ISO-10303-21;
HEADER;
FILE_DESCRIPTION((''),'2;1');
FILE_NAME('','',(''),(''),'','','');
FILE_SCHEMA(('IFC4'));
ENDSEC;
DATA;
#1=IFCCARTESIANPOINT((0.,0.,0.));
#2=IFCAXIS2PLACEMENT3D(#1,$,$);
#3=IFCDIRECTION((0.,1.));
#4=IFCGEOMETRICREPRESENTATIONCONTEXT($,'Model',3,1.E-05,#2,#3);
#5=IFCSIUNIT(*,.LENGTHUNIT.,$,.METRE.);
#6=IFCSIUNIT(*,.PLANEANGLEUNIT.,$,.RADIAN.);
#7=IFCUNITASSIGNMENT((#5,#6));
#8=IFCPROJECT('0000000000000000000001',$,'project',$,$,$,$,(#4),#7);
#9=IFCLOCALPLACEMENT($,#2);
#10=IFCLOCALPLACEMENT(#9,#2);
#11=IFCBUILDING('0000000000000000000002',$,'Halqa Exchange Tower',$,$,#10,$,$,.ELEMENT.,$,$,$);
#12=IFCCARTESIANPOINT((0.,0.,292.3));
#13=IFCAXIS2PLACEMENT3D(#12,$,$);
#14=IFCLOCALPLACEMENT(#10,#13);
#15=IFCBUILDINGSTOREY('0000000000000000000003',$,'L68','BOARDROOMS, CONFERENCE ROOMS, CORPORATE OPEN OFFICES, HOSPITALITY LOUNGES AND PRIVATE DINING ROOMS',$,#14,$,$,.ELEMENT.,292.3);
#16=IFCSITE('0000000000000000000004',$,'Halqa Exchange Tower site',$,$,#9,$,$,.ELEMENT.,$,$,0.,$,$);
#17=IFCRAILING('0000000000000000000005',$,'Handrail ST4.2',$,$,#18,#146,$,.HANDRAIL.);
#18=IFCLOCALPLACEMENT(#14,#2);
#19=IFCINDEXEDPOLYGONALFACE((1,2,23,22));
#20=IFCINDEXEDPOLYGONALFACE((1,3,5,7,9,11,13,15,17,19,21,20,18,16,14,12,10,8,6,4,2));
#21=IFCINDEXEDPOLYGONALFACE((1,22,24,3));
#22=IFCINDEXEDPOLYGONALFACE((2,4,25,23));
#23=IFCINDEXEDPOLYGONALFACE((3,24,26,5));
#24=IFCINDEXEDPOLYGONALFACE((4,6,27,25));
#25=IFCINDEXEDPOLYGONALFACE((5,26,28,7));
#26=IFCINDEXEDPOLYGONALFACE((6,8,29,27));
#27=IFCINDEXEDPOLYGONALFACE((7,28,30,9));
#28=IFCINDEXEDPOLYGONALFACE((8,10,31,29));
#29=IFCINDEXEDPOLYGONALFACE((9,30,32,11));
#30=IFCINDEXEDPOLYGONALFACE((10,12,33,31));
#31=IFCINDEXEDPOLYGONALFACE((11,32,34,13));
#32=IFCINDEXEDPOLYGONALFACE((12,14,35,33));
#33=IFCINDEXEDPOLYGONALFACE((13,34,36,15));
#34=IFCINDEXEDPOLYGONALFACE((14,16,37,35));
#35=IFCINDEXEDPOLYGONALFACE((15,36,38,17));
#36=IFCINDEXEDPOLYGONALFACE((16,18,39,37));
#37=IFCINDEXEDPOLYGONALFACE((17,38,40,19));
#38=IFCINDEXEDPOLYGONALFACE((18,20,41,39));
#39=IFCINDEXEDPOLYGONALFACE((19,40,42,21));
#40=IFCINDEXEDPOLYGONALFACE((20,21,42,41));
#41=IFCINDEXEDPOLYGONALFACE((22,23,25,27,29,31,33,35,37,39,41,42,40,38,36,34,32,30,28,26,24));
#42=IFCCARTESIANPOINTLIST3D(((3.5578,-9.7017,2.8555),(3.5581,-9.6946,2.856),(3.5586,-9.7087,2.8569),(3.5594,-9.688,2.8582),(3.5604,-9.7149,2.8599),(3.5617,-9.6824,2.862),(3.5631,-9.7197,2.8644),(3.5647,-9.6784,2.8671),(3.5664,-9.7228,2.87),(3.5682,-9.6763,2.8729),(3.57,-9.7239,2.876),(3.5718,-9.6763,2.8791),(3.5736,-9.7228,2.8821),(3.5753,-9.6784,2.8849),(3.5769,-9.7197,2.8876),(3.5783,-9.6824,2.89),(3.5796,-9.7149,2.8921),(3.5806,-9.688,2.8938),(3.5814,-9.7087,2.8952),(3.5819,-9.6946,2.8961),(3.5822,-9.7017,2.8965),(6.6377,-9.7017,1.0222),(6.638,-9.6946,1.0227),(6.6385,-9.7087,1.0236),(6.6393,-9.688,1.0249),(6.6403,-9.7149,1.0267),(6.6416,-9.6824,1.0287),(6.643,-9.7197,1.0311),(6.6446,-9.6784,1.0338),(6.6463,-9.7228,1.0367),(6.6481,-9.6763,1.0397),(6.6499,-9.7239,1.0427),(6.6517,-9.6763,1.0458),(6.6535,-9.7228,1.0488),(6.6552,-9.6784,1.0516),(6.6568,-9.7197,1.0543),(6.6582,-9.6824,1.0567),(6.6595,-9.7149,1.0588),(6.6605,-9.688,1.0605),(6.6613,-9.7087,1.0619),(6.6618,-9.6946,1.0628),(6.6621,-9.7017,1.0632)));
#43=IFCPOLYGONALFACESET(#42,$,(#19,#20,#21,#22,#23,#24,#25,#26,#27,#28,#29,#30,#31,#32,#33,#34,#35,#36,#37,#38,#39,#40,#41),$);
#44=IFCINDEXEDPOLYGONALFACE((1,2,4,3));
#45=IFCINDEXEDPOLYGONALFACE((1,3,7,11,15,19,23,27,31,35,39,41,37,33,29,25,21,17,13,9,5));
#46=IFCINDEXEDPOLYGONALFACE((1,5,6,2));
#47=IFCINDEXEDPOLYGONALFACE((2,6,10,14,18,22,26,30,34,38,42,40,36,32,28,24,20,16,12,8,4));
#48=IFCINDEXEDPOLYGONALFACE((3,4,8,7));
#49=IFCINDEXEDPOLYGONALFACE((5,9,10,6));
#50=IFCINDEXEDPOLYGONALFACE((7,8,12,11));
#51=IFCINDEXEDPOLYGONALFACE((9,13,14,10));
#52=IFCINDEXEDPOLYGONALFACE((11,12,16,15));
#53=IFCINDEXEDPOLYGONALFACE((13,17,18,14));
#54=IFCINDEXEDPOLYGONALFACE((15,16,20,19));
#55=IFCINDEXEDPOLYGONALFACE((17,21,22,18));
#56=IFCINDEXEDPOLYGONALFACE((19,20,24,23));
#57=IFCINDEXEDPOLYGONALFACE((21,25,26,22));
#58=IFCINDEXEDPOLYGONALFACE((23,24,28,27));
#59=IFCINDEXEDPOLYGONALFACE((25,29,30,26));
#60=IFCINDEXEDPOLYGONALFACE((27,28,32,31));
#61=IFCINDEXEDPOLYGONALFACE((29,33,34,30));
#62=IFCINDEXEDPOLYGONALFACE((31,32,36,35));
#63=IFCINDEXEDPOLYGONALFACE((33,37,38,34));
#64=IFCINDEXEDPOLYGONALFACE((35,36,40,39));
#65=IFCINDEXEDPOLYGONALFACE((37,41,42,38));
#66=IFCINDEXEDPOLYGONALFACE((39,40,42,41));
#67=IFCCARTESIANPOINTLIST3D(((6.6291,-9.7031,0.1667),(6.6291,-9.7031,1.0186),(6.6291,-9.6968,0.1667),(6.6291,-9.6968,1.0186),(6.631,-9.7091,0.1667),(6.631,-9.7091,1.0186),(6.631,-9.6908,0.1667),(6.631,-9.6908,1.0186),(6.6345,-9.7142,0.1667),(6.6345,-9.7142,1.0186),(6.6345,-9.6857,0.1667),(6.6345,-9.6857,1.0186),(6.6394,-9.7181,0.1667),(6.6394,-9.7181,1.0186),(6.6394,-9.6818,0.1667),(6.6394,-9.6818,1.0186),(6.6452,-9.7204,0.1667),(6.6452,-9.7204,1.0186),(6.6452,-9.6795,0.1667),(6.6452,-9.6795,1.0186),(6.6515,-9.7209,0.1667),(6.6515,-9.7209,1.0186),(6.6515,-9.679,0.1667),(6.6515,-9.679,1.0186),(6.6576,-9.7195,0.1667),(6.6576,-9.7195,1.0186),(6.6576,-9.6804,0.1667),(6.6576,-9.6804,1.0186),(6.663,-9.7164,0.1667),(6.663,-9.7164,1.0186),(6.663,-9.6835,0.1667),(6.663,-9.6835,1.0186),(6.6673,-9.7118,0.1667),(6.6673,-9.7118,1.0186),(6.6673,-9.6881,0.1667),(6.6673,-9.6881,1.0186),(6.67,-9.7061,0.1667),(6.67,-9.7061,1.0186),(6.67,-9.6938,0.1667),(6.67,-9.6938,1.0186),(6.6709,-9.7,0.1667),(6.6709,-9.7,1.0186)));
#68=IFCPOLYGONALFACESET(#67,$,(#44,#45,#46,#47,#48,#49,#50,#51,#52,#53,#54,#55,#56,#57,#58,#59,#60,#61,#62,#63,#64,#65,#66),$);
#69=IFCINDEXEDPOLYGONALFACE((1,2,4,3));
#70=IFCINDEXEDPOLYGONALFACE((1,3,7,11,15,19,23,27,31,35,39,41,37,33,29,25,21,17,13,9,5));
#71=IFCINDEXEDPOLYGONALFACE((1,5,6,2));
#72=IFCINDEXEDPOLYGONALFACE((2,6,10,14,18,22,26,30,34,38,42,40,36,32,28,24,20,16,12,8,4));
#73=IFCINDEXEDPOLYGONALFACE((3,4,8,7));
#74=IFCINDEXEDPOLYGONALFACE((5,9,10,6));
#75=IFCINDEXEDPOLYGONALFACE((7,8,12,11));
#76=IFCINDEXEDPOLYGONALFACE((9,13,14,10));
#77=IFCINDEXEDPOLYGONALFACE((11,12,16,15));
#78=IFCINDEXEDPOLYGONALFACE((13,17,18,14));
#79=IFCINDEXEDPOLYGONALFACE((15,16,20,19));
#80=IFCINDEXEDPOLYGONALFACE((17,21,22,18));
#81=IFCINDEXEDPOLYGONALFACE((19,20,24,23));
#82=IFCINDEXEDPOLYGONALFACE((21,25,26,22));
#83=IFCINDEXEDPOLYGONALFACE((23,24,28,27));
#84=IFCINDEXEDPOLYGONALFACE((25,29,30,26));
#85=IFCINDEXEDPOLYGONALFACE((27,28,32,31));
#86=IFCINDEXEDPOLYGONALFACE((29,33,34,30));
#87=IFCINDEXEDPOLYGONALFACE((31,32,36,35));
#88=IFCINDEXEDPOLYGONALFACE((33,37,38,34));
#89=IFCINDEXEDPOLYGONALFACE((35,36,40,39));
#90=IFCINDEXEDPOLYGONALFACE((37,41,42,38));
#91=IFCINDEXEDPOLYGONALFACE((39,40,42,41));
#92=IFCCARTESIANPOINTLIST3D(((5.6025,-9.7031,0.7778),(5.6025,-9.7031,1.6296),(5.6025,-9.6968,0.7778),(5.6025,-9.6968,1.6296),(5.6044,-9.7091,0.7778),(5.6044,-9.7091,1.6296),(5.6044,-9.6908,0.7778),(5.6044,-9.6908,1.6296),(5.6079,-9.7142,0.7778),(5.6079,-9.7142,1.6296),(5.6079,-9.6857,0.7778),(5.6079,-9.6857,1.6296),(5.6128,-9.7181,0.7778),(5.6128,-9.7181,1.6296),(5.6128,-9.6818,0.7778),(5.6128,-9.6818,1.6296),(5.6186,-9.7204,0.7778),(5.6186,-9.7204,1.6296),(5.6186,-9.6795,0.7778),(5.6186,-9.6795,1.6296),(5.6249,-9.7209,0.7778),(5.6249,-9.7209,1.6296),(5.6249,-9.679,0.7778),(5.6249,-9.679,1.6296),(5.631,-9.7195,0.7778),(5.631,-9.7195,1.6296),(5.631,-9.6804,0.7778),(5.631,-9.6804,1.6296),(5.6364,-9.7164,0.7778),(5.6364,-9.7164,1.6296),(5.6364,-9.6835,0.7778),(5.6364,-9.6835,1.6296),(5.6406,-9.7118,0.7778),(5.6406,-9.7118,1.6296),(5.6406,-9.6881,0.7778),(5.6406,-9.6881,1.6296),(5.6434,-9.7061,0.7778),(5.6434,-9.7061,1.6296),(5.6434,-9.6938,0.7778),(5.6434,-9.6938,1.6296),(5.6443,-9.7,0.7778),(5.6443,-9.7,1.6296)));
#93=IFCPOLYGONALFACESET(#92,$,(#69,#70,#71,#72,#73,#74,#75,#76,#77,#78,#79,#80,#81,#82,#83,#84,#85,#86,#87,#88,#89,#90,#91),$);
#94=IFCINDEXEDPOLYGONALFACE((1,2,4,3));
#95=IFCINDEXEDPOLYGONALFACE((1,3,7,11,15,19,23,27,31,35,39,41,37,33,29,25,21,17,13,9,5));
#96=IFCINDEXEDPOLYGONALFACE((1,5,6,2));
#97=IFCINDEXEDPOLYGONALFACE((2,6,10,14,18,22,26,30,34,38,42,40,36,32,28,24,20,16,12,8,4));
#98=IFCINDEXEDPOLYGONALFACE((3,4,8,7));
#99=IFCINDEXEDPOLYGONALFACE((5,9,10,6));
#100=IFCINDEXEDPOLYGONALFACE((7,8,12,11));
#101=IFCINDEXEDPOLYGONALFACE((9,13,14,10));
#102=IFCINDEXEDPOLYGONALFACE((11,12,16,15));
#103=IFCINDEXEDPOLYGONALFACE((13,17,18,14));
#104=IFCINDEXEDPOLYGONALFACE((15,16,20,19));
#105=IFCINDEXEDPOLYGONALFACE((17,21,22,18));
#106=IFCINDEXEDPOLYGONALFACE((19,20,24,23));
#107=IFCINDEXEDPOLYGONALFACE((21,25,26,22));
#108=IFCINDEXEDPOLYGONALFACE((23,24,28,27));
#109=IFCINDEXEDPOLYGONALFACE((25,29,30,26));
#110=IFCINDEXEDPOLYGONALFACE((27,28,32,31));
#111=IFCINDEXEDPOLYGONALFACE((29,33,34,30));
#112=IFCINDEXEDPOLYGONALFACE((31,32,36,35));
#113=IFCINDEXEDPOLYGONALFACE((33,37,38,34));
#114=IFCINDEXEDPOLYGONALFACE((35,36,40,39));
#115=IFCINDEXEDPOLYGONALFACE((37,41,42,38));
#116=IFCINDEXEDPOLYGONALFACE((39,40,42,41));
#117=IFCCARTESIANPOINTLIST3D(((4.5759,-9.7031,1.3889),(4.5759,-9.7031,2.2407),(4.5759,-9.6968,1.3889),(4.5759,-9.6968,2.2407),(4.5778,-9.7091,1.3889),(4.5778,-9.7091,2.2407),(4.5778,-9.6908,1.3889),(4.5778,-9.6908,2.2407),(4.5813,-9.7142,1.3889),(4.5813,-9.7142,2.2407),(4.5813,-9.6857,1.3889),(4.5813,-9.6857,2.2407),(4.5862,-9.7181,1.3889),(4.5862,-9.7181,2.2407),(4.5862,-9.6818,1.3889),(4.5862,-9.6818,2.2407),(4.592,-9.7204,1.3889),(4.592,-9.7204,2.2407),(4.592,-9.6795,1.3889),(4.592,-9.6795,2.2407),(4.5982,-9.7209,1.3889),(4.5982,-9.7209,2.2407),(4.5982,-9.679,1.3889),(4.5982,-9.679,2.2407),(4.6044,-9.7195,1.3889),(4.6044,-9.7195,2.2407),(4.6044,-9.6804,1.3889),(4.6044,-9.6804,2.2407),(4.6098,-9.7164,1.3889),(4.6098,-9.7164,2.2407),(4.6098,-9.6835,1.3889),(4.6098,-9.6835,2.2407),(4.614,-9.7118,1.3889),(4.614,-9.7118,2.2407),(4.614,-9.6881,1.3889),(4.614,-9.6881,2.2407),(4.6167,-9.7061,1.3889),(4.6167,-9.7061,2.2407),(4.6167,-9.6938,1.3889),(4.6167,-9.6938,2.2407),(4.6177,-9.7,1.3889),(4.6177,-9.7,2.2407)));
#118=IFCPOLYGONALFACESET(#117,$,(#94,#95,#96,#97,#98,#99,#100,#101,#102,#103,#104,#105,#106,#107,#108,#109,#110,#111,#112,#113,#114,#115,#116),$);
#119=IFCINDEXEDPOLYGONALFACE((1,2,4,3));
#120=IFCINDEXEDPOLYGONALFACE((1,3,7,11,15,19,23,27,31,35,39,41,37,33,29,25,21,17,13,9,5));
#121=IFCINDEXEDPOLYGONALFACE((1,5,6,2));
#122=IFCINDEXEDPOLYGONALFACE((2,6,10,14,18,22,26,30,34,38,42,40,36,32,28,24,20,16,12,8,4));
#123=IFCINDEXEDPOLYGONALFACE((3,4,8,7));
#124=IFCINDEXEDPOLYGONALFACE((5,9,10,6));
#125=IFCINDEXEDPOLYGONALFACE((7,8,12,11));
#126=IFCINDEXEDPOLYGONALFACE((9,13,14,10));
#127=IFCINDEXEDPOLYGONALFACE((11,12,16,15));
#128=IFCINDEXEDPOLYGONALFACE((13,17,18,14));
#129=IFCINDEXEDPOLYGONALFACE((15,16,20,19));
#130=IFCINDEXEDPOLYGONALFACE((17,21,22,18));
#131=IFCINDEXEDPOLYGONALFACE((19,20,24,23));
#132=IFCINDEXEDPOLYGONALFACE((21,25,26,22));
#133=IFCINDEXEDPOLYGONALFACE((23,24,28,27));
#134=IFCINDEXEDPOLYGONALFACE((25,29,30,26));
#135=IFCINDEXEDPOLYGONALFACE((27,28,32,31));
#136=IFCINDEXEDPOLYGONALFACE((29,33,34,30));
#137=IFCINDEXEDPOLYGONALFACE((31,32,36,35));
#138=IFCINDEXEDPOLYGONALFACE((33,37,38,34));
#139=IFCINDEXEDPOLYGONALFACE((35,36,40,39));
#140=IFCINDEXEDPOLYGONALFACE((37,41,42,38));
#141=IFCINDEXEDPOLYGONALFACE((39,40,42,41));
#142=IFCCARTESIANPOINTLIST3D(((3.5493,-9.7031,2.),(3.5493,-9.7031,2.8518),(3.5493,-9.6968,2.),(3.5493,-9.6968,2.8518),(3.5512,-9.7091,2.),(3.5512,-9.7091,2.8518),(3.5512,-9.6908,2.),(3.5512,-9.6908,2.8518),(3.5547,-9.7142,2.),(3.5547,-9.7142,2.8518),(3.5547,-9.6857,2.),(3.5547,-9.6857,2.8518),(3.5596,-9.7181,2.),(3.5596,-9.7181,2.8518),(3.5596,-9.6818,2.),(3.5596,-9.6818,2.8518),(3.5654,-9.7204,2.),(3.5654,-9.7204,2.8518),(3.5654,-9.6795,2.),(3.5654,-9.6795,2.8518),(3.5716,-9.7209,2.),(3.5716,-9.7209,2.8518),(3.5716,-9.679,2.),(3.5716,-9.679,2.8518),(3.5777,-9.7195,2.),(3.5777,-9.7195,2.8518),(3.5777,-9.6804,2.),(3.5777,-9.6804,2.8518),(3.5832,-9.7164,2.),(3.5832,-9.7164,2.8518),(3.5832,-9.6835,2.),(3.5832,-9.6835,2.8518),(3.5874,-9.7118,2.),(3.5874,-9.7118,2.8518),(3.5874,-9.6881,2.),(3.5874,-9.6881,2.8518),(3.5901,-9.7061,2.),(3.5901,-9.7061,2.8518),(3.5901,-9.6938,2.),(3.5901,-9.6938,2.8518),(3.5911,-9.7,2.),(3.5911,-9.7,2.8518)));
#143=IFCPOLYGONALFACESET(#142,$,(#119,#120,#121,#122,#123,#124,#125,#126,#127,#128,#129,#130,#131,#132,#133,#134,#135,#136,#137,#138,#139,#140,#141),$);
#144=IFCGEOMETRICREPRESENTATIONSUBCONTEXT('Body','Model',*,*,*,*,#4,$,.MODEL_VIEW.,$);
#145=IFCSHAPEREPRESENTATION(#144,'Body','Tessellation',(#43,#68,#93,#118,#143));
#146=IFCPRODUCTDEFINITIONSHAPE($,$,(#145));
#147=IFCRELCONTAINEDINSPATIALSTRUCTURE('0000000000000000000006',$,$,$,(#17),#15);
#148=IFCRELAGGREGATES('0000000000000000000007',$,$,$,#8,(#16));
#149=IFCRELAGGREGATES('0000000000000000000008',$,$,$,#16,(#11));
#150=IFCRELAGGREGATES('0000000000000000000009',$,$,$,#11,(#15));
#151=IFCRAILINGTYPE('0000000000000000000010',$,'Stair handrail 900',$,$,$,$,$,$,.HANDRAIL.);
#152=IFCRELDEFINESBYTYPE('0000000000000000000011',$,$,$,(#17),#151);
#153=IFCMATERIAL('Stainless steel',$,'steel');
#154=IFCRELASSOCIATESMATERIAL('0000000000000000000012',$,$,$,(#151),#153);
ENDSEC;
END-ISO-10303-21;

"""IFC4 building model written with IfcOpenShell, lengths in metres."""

from ifc_helpers import new_model, si_unit, direction, frame, origin, origin_2d, place, context, subcontext, project, spatial, circle, extrude, material, type_object, element, save


model = new_model("IFC4")

# Units and contexts
model_context = context("Model", 3, precision=1e-05, world=origin(), true_north=direction((0.0, 1.0)))
body_context = subcontext(model_context, "Body", "Model", "MODEL_VIEW")
ifc_project = project(units=[si_unit("LENGTHUNIT", "METRE"), si_unit("PLANEANGLEUNIT", "RADIAN")], contexts=[model_context])

# Site, building, storey
site_placement = place(None, origin())
site = spatial("IfcSite", under=ifc_project, at=site_placement, Name="Halqa Exchange Tower site", CompositionType="ELEMENT", RefElevation=0.0)
building_placement = place(site_placement, origin())
building = spatial("IfcBuilding", under=site, at=building_placement, Name="Halqa Exchange Tower", CompositionType="ELEMENT")
storey_placement = place(building_placement, frame((0.0, 0.0, 292.3)))
storey = spatial("IfcBuildingStorey", under=building, at=storey_placement, Name="L68", Description="BOARDROOMS, CONFERENCE ROOMS, CORPORATE OPEN OFFICES, HOSPITALITY LOUNGES AND PRIVATE DINING ROOMS", CompositionType="ELEMENT", Elevation=292.3)

# Railing
ifc_material_1 = material(Name="Stainless steel", Category="steel")
railing_type_1 = type_object("IfcRailingType", Name="Stair handrail 900", PredefinedType="HANDRAIL", material=ifc_material_1)
railing_1_placement = place(storey_placement, frame((6.6499, -9.7, 0.1667)))
element("IfcRailing", 1, at=railing_1_placement, inside=storey, type_object=railing_type_1, Name="Handrail ST4.2", PredefinedType="HANDRAIL", context=body_context, shape_type="SweptSolid", body=[
    extrude(circle(Radius=0.0239, at=origin_2d()), frame((0.0, 0.0, 0.876), z_axis=(-0.859291, 0.0, 0.511487), x_axis=(0.0, -1.0, 0.0)), (0.0, 0.0, 1.0), 3.5842),
    extrude(circle(Radius=0.021, at=origin_2d()), origin(), (0.0, 0.0, 1.0), 0.8518),
    extrude(circle(Radius=0.021, at=origin_2d()), frame((-1.0266, 0.0, 0.6111)), (0.0, 0.0, 1.0), 0.8518),
    extrude(circle(Radius=0.021, at=origin_2d()), frame((-2.0532, 0.0, 1.2222)), (0.0, 0.0, 1.0), 0.8518),
    extrude(circle(Radius=0.021, at=origin_2d()), frame((-3.0798, 0.0, 1.8333)), (0.0, 0.0, 1.0), 0.8518),
])

save(model, "model.ifc")
